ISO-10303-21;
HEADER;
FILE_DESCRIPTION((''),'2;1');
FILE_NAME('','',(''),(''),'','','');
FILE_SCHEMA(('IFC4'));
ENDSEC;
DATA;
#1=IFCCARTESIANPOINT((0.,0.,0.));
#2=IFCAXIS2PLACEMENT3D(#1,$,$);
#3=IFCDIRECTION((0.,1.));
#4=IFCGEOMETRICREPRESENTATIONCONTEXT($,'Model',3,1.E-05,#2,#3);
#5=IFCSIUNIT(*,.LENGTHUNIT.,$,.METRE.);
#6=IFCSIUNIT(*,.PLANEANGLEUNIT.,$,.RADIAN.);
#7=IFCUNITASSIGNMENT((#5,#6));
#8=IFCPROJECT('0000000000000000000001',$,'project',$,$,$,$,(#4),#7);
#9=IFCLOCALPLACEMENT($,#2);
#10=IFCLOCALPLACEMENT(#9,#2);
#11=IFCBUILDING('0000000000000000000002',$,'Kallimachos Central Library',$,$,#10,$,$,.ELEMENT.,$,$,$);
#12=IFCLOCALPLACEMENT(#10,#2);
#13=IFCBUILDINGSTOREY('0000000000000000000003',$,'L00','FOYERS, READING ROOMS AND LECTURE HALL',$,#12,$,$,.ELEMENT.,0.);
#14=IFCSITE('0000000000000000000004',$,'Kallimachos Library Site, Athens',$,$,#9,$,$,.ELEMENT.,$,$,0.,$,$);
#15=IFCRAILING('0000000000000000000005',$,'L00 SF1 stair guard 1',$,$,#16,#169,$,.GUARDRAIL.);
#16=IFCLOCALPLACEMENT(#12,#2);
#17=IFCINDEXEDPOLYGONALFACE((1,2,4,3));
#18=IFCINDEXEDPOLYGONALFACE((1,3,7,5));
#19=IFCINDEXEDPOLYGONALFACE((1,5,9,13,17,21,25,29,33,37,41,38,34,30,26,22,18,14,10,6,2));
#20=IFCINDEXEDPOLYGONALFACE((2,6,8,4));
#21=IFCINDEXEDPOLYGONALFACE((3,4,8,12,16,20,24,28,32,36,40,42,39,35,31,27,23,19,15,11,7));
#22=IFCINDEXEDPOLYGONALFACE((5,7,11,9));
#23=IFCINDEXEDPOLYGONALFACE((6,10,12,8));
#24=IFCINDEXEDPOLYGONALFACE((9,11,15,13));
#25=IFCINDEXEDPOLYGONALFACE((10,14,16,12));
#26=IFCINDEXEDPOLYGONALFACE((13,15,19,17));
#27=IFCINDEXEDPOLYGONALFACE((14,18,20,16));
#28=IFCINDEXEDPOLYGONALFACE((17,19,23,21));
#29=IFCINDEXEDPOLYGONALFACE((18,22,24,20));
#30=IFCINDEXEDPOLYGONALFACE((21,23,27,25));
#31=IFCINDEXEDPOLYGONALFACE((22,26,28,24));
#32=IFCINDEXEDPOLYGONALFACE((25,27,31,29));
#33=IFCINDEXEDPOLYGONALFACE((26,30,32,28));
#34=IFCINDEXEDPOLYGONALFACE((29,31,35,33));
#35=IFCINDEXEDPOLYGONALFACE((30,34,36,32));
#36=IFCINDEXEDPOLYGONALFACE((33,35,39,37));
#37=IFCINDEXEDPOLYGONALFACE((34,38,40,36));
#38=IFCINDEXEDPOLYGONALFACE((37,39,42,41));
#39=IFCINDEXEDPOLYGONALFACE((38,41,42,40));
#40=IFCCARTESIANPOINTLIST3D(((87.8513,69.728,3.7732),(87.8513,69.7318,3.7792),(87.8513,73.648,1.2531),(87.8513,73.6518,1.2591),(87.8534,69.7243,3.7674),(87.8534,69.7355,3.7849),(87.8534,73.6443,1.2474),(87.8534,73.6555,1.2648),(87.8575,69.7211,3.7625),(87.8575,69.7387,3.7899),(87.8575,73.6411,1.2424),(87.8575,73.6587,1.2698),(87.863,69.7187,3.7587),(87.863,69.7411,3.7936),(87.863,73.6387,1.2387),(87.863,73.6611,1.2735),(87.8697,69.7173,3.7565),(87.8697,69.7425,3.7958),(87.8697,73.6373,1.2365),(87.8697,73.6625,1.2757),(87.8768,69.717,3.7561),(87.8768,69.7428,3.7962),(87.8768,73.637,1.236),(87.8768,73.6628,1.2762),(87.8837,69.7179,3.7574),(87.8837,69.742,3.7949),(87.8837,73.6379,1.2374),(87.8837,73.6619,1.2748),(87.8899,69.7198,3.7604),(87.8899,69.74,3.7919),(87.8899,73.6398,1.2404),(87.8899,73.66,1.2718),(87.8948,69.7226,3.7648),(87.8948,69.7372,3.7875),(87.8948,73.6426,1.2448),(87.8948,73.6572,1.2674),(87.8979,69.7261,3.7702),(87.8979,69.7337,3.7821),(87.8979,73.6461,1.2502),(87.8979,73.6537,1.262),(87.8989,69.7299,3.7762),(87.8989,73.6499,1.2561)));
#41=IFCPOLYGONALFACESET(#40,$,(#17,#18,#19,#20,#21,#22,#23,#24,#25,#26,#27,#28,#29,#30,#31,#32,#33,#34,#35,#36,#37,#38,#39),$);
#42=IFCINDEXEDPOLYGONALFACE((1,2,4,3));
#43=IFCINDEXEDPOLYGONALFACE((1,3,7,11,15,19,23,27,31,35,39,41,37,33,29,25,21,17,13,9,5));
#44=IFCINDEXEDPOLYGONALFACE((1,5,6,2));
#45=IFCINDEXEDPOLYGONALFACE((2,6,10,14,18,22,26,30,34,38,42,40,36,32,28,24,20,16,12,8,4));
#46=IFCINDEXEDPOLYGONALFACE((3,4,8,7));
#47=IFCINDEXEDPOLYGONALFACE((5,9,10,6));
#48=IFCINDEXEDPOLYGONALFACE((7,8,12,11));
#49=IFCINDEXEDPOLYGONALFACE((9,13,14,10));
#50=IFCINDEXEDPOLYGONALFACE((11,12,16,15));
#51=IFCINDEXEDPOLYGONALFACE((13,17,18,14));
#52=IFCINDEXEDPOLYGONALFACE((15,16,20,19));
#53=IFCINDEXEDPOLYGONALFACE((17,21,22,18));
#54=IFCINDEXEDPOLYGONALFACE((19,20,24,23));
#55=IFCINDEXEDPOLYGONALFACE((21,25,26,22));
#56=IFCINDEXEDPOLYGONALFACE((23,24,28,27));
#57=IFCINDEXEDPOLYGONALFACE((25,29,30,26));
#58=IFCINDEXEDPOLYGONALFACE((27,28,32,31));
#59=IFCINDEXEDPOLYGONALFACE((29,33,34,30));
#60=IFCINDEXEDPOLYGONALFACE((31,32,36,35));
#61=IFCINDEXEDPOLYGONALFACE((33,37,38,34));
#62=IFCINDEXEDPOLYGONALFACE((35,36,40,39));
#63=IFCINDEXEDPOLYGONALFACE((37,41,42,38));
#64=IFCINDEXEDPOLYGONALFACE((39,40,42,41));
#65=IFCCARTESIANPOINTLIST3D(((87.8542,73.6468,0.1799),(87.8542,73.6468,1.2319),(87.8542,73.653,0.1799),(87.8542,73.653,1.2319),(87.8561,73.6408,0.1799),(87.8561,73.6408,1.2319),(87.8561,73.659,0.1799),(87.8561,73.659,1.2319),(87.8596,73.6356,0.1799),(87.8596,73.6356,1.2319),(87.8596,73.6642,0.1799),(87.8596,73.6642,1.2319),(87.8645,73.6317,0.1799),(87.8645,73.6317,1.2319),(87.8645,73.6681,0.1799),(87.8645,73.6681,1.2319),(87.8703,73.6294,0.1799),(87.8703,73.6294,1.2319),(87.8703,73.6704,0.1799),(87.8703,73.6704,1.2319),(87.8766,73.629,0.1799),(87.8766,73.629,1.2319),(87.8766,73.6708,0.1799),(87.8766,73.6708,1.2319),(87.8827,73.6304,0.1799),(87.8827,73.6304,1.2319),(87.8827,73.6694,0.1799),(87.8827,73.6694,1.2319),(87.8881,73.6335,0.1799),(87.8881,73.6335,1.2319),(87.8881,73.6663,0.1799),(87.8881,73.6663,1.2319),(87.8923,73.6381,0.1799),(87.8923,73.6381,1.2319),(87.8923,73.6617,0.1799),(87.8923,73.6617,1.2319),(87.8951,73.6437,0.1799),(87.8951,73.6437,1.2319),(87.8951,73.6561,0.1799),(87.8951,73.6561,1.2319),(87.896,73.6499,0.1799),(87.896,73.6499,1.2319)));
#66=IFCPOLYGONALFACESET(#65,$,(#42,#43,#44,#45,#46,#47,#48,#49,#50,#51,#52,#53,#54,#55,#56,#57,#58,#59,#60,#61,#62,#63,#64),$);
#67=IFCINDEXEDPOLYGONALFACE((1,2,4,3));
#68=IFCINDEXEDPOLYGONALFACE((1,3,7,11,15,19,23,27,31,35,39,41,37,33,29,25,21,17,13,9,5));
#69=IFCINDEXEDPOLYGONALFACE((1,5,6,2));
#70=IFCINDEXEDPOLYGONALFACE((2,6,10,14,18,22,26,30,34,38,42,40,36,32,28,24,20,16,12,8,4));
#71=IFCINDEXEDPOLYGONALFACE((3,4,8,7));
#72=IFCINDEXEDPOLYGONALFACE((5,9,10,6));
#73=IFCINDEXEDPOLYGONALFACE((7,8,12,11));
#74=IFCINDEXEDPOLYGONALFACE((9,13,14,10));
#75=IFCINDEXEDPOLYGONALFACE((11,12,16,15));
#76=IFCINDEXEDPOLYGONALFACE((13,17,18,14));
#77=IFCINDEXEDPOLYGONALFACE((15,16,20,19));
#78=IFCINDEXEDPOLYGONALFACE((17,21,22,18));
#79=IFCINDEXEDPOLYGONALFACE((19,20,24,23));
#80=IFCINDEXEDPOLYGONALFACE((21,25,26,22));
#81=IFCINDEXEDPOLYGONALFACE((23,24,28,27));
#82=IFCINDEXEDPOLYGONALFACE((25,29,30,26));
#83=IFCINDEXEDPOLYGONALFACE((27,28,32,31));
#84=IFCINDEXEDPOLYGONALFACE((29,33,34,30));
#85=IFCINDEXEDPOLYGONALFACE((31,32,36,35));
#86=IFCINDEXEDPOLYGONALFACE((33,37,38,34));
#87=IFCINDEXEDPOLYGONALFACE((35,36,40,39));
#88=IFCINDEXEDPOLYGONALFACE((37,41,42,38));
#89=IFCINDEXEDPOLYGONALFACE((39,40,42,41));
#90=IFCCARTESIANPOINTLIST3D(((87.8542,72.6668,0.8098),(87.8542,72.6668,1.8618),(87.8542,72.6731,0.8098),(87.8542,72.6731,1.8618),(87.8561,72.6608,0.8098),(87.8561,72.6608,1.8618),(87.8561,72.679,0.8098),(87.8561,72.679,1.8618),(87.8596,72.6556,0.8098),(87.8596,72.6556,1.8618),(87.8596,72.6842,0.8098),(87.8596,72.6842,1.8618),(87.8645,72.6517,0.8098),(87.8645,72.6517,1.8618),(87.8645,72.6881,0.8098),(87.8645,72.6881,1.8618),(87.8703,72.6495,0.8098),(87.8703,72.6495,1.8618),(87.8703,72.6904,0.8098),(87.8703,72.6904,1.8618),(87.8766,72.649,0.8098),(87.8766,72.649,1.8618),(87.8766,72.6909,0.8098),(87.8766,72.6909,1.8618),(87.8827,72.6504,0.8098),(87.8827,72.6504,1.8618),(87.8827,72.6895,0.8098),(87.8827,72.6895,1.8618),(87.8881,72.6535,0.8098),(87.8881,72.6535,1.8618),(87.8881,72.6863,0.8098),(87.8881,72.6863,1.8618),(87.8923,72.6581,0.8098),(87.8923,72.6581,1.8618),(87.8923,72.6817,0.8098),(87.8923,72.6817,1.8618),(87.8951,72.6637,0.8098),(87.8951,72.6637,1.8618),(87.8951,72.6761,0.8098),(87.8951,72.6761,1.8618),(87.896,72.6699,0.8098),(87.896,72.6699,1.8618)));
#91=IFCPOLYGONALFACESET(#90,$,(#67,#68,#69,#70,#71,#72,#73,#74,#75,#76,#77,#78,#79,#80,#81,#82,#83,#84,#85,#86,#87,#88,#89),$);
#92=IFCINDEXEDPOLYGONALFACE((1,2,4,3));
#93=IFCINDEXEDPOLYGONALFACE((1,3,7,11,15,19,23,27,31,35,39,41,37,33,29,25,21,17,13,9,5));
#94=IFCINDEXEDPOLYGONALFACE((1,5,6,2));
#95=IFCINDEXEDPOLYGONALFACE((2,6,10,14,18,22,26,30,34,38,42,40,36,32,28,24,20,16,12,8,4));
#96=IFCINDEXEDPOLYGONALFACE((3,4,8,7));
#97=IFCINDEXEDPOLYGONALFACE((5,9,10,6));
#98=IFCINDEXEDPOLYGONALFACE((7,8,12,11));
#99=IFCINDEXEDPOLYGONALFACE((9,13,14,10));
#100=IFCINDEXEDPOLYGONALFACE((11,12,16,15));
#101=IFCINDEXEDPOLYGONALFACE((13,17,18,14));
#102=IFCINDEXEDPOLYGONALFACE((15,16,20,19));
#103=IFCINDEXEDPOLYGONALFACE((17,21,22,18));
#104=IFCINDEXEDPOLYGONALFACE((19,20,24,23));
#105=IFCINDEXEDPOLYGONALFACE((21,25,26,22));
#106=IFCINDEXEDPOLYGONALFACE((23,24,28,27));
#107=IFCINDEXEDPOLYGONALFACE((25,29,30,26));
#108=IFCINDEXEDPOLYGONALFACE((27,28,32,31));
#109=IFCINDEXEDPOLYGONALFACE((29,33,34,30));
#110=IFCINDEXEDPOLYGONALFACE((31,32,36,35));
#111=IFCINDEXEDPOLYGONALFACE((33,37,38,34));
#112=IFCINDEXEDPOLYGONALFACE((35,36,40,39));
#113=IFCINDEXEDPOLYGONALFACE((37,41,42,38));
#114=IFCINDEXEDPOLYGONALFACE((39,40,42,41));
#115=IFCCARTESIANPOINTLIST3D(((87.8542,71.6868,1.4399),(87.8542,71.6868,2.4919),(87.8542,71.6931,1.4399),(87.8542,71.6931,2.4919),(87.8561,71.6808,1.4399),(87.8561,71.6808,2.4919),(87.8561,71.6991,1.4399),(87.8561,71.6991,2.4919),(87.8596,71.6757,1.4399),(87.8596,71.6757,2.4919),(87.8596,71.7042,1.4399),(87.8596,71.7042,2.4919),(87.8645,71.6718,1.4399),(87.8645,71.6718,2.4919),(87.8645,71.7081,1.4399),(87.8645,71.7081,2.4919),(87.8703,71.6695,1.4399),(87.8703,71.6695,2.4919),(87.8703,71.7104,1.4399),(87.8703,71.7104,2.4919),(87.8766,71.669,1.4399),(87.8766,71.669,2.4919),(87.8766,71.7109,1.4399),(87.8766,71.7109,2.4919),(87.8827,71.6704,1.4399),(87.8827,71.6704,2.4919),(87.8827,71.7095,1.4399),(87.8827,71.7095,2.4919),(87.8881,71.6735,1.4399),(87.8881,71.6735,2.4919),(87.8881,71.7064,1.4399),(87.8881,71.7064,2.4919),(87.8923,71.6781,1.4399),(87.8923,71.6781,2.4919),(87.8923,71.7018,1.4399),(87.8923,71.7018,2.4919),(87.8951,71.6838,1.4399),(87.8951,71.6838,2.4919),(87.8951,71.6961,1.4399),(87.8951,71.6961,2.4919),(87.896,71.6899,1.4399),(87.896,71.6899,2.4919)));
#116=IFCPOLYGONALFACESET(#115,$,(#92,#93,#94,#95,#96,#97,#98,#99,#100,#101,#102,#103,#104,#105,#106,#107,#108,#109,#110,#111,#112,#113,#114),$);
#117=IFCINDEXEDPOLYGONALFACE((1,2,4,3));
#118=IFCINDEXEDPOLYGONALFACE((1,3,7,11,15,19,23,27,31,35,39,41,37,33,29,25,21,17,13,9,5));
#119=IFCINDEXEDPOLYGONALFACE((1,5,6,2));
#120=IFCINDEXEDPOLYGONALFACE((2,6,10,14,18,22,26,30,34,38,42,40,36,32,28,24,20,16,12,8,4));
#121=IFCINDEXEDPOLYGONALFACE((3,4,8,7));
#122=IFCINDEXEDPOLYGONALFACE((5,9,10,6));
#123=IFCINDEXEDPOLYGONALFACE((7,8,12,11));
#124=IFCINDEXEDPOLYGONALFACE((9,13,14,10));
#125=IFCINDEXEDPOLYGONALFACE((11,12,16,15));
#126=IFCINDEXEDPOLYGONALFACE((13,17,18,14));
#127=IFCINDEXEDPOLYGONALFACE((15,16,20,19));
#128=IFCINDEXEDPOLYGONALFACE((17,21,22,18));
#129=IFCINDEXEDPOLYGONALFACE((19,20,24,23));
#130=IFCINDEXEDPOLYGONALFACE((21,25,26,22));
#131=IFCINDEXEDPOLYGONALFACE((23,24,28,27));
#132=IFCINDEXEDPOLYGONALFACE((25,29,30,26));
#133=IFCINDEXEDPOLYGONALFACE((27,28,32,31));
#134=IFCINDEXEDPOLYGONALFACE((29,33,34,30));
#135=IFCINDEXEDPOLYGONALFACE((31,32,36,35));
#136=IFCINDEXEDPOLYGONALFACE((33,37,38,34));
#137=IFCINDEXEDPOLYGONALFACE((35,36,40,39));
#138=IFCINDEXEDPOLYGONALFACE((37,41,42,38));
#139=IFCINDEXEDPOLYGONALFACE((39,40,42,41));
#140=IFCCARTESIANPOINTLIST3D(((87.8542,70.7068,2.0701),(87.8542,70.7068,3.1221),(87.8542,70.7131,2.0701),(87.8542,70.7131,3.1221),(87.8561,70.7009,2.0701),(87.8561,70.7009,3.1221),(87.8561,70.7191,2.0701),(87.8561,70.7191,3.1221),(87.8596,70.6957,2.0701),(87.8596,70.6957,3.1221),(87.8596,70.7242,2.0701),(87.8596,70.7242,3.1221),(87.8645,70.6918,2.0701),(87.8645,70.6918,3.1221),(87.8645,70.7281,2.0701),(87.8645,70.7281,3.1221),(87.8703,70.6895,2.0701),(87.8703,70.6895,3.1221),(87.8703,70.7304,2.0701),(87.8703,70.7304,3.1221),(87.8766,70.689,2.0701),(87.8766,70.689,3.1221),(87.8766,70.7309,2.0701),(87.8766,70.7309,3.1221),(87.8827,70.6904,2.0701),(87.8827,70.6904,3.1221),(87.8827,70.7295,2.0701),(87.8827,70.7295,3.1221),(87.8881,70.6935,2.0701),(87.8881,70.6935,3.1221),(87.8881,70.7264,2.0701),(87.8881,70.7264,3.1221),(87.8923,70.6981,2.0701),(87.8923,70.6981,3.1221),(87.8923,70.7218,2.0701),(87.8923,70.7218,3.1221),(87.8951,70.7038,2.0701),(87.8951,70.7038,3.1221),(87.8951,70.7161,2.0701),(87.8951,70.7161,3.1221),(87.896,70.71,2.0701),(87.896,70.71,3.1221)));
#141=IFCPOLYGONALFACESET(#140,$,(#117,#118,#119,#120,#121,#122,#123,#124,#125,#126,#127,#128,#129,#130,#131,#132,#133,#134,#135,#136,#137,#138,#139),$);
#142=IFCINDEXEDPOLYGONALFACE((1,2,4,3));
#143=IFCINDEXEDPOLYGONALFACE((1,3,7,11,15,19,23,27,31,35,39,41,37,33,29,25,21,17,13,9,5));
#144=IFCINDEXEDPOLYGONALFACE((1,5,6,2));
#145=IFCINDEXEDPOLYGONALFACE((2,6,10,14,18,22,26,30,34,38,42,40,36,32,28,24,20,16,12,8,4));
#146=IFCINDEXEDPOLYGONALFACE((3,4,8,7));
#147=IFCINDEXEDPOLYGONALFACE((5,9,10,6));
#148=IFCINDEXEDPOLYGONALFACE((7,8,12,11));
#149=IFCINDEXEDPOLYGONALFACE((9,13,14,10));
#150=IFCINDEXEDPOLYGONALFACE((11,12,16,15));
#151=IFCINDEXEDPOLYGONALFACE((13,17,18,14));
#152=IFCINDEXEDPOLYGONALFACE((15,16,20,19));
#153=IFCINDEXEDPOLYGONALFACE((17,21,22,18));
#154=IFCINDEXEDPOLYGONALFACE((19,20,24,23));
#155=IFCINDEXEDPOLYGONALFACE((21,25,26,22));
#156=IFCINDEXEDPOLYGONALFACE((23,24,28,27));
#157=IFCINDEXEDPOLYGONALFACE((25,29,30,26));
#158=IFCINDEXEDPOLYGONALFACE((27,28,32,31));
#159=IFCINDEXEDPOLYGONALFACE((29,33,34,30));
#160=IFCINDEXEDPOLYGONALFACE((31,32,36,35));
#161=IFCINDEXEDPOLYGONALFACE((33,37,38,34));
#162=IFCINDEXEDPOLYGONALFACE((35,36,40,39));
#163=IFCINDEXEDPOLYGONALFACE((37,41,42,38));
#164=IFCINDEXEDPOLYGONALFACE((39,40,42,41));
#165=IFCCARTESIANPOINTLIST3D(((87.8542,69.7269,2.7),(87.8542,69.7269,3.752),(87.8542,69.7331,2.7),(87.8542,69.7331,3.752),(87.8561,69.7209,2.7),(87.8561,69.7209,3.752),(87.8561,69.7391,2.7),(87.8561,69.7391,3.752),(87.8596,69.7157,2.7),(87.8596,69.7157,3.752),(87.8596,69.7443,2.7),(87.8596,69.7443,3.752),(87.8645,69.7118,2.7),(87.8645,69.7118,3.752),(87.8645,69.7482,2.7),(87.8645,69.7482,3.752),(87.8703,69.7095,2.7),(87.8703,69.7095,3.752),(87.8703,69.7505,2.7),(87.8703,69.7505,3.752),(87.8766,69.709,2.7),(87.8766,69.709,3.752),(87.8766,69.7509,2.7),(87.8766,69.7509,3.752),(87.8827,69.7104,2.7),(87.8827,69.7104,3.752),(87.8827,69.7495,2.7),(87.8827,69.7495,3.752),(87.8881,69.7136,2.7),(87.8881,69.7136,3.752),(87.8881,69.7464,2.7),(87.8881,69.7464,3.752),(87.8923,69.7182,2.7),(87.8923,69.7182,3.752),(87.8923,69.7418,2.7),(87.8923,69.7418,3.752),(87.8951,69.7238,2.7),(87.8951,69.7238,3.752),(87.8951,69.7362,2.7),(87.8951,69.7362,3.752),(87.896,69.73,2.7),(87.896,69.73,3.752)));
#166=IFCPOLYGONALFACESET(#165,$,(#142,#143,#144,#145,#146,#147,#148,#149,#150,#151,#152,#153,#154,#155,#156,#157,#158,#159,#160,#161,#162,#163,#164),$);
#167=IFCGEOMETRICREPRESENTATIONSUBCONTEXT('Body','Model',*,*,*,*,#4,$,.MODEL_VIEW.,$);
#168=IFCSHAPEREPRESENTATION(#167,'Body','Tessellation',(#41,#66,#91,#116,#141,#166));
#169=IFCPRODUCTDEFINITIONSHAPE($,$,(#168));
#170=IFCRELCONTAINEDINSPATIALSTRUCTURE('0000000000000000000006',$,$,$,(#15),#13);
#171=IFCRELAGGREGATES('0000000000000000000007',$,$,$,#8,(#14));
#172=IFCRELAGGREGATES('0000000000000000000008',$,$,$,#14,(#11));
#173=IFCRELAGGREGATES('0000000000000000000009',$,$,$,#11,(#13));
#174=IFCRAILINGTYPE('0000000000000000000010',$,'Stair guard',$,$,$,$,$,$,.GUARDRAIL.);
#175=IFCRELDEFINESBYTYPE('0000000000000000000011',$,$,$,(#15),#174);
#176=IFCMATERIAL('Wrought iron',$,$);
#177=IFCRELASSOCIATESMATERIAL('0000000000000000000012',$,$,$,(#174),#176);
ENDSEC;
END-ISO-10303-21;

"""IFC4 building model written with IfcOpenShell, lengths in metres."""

from ifc_helpers import new_model, si_unit, direction, frame, origin, origin_2d, place, context, subcontext, project, spatial, circle, extrude, material, type_object, element, save


model = new_model("IFC4")

# Units and contexts
model_context = context("Model", 3, precision=1e-05, world=origin(), true_north=direction((0.0, 1.0)))
body_context = subcontext(model_context, "Body", "Model", "MODEL_VIEW")
ifc_project = project(units=[si_unit("LENGTHUNIT", "METRE"), si_unit("PLANEANGLEUNIT", "RADIAN")], contexts=[model_context])

# Site, building, storey
site_placement = place(None, origin())
site = spatial("IfcSite", under=ifc_project, at=site_placement, Name="Kallimachos Library Site, Athens", CompositionType="ELEMENT", RefElevation=0.0)
building_placement = place(site_placement, origin())
building = spatial("IfcBuilding", under=site, at=building_placement, Name="Kallimachos Central Library", CompositionType="ELEMENT")
storey_placement = place(building_placement, origin())
storey = spatial("IfcBuildingStorey", under=building, at=storey_placement, Name="L00", Description="FOYERS, READING ROOMS AND LECTURE HALL", CompositionType="ELEMENT", Elevation=0.0)

# Railing
ifc_material_1 = material(Name="Wrought iron")
railing_type_1 = type_object("IfcRailingType", Name="Stair guard", PredefinedType="GUARDRAIL", material=ifc_material_1)
railing_1_placement = place(storey_placement, frame((87.875, 73.6499, 0.1799)))
element("IfcRailing", 1, at=railing_1_placement, inside=storey, type_object=railing_type_1, Name="L00 SF1 stair guard 1", PredefinedType="GUARDRAIL", context=body_context, shape_type="SweptSolid", body=[
    extrude(circle(Radius=0.0239, at=origin_2d()), frame((0.0, 0.0, 1.0762), z_axis=(0.0, -0.841172, 0.540768), x_axis=(1.0, 0.0, 0.0)), (0.0, 0.0, 1.0), 4.6602),
    extrude(circle(Radius=0.021, at=origin_2d()), origin(), (0.0, 0.0, 1.0), 1.052),
    extrude(circle(Radius=0.021, at=origin_2d()), frame((0.0, -0.98, 0.6299)), (0.0, 0.0, 1.0), 1.052),
    extrude(circle(Radius=0.021, at=origin_2d()), frame((0.0, -1.96, 1.26)), (0.0, 0.0, 1.0), 1.052),
    extrude(circle(Radius=0.021, at=origin_2d()), frame((0.0, -2.9399, 1.8901)), (0.0, 0.0, 1.0), 1.052),
    extrude(circle(Radius=0.021, at=origin_2d()), frame((0.0, -3.9199, 2.52)), (0.0, 0.0, 1.0), 1.052),
])

save(model, "model.ifc")
